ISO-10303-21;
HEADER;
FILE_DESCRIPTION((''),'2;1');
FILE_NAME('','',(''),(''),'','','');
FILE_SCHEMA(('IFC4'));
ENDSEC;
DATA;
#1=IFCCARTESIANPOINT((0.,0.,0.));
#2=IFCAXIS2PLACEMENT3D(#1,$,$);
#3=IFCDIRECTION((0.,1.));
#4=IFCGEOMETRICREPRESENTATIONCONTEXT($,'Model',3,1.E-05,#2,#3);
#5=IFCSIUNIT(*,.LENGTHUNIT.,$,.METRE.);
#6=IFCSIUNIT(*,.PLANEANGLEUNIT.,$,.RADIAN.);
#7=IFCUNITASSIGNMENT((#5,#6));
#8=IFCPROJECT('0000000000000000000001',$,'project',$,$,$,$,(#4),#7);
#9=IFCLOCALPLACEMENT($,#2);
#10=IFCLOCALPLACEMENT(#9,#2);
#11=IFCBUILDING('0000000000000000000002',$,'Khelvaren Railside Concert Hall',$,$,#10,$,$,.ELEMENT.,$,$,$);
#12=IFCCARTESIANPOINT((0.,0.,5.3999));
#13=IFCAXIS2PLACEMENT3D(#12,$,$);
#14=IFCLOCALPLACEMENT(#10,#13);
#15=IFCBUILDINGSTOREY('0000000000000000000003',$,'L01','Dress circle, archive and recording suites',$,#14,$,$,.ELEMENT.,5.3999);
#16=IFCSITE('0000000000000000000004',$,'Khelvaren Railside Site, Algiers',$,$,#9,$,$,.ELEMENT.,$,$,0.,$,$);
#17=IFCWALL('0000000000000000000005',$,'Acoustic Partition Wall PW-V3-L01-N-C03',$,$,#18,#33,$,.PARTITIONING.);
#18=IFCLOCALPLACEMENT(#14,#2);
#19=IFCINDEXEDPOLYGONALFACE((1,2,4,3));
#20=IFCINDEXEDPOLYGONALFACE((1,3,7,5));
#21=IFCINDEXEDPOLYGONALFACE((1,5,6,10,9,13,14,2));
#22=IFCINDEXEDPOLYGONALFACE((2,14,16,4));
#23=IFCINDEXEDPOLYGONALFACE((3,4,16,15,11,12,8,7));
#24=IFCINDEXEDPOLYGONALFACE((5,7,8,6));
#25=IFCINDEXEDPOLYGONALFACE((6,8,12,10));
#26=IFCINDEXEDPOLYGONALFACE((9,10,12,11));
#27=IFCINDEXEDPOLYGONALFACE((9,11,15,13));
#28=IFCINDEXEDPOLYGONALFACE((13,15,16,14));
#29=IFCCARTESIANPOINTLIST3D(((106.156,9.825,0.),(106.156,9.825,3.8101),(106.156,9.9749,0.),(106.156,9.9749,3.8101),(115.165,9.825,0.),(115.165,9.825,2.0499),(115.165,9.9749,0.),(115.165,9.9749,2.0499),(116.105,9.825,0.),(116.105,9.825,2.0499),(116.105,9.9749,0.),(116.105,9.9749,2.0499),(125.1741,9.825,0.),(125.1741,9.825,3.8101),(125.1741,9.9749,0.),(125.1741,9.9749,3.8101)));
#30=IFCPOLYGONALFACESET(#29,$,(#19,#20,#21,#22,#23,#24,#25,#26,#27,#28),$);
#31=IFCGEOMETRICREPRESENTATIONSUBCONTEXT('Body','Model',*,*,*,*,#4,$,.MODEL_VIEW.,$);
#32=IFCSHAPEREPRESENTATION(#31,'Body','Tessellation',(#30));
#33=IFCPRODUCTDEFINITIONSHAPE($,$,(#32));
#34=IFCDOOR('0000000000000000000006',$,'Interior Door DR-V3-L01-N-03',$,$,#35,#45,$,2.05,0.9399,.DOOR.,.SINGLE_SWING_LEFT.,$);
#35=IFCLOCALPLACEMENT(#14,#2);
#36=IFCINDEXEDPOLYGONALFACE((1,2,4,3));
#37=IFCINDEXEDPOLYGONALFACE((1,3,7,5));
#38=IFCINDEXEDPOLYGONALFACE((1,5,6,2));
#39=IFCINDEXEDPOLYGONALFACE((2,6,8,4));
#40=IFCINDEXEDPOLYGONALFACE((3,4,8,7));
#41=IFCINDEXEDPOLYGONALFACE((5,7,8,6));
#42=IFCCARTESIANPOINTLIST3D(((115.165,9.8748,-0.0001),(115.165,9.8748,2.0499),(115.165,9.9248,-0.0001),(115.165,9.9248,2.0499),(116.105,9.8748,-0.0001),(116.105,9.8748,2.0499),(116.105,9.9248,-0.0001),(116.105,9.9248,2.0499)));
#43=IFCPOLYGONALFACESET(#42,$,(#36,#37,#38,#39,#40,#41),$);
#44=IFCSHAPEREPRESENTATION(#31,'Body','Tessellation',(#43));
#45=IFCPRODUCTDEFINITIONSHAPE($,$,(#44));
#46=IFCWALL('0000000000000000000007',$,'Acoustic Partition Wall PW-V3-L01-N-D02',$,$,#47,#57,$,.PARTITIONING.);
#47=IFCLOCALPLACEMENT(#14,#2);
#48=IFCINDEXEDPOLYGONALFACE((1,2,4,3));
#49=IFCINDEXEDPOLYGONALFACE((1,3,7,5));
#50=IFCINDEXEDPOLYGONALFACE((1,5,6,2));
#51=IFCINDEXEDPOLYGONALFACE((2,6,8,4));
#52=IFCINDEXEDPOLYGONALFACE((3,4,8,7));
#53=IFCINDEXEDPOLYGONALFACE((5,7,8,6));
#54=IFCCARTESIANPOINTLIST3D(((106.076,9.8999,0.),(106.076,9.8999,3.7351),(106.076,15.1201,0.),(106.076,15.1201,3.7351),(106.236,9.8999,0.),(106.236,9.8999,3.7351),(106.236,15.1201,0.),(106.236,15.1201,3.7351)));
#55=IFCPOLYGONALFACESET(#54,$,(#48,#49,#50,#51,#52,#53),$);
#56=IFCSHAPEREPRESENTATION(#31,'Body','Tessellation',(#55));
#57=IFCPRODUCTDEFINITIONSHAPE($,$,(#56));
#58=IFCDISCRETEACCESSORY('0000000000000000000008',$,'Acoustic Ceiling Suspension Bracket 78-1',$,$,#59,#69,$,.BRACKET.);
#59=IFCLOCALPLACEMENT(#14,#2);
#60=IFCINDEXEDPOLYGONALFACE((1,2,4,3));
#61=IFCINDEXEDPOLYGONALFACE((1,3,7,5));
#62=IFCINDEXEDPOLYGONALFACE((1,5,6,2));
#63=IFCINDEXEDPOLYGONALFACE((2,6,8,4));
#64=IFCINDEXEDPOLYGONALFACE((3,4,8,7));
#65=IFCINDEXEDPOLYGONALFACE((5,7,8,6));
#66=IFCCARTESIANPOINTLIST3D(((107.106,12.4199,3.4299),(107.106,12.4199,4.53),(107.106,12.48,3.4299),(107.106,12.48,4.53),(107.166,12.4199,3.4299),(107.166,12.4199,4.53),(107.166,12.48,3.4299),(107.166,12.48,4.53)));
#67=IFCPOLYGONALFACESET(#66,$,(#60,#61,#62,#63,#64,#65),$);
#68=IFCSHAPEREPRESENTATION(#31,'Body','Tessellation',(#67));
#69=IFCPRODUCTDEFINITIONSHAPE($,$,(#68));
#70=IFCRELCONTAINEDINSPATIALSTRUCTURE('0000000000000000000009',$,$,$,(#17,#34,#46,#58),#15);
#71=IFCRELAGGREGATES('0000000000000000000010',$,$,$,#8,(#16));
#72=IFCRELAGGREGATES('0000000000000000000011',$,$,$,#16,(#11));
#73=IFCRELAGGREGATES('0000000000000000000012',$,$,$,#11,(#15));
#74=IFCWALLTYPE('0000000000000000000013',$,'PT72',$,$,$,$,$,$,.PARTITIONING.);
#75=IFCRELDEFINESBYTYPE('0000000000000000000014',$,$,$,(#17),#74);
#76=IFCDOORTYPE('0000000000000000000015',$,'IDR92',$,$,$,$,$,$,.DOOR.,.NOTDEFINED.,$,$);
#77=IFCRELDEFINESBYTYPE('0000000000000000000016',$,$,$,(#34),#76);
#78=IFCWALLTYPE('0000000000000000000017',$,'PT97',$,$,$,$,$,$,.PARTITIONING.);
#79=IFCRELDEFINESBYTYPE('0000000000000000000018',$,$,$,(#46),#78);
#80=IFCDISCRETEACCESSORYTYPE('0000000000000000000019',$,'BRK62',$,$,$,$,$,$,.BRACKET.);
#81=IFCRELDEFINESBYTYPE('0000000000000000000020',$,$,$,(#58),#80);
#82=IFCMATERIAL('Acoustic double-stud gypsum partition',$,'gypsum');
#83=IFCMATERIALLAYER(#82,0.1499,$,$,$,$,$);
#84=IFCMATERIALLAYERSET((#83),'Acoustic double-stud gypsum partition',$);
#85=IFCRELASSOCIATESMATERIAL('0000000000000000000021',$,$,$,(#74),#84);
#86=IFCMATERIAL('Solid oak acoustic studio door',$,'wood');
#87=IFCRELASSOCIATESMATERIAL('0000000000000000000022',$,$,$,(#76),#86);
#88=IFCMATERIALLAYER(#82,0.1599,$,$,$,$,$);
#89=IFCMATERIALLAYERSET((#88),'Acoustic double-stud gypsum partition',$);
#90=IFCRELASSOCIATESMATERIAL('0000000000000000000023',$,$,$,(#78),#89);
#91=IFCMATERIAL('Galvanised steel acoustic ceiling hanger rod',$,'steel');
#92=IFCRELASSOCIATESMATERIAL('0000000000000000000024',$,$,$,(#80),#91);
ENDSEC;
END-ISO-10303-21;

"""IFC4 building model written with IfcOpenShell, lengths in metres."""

from ifc_helpers import new_model, si_unit, direction, frame, frame_2d, origin, origin_2d, place, context, subcontext, project, spatial, rectangle, extrude, material, layer, layer_set, type_object, element, fill, save


model = new_model("IFC4")

# Units and contexts
model_context = context("Model", 3, precision=1e-05, world=origin(), true_north=direction((0.0, 1.0)))
body_context = subcontext(model_context, "Body", "Model", "MODEL_VIEW")
ifc_project = project(units=[si_unit("LENGTHUNIT", "METRE"), si_unit("PLANEANGLEUNIT", "RADIAN")], contexts=[model_context])

# Site, building, storey
site_placement = place(None, origin())
site = spatial("IfcSite", under=ifc_project, at=site_placement, Name="Khelvaren Railside Site, Algiers", CompositionType="ELEMENT", RefElevation=0.0)
building_placement = place(site_placement, origin())
building = spatial("IfcBuilding", under=site, at=building_placement, Name="Khelvaren Railside Concert Hall", CompositionType="ELEMENT")
storey_placement = place(building_placement, frame((0.0, 0.0, 5.3999)))
storey = spatial("IfcBuildingStorey", under=building, at=storey_placement, Name="L01", Description="Dress circle, archive and recording suites", CompositionType="ELEMENT", Elevation=5.3999)

# Wall, opening, door
ifc_material_1 = material(Name="Acoustic double-stud gypsum partition", Category="gypsum")
ifc_layer_1 = layer(ifc_material_1, 0.1499)
ifc_layer_set_1 = layer_set([ifc_layer_1], Name="Acoustic double-stud gypsum partition")
wall_type_1 = type_object("IfcWallType", Name="PT72", PredefinedType="PARTITIONING", material=ifc_layer_set_1)
wall_1_placement = place(storey_placement, frame((106.156, 9.8999, 0.0), z_axis=(0.0, 0.0, 1.0), x_axis=(1.0, 0.0, 0.0)))
wall_1 = element("IfcWall", 1, at=wall_1_placement, inside=storey, type_object=wall_type_1, Name="Acoustic Partition Wall PW-V3-L01-N-C03", PredefinedType="PARTITIONING", context=body_context, shape_type="SweptSolid", body=[
    extrude(rectangle(XDim=19.0181, YDim=0.1499, at=frame_2d((9.509, 0.0))), origin(), (0.0, 0.0, 1.0), 3.8101),
])
opening_1_placement = place(wall_1_placement, frame((9.009, 0.0, 0.0)))
opening_1 = element("IfcOpeningElement", 2, at=opening_1_placement, cuts=wall_1, PredefinedType="OPENING", context=body_context, shape_type="SweptSolid", body=[
    extrude(rectangle(XDim=0.9399, YDim=2.05, at=frame_2d((0.47, 1.0249))), frame((0.0, 0.085, 0.0), z_axis=(0.0, -1.0, 0.0), x_axis=(1.0, 0.0, 0.0)), (0.0, 0.0, 1.0), 0.1699),
])
ifc_material_2 = material(Name="Solid oak acoustic studio door", Category="wood")
door_type_1 = type_object("IfcDoorType", Name="IDR92", OperationType="NOTDEFINED", PredefinedType="DOOR", material=ifc_material_2)
door_1_placement = place(opening_1_placement, origin())
door_1 = element("IfcDoor", 3, at=door_1_placement, inside=storey, type_object=door_type_1, Name="Interior Door DR-V3-L01-N-03", OperationType="SINGLE_SWING_LEFT", OverallHeight=2.05, OverallWidth=0.9399, PredefinedType="DOOR", context=body_context, shape_type="SweptSolid", body=[
    extrude(rectangle(XDim=0.9399, YDim=2.05, at=frame_2d((0.47, 1.0249))), frame((0.0, 0.0249, 0.0), z_axis=(0.0, -1.0, 0.0), x_axis=(1.0, 0.0, 0.0)), (0.0, 0.0, 1.0), 0.05),
])
fill(opening_1, door_1)

# Wall
ifc_layer_2 = layer(ifc_material_1, 0.1599)
ifc_layer_set_2 = layer_set([ifc_layer_2], Name="Acoustic double-stud gypsum partition")
wall_type_2 = type_object("IfcWallType", Name="PT97", PredefinedType="PARTITIONING", material=ifc_layer_set_2)
wall_2_placement = place(storey_placement, frame((106.156, 9.8999, 0.0), z_axis=(0.0, 0.0, 1.0), x_axis=(0.0, 1.0, 0.0)))
element("IfcWall", 4, at=wall_2_placement, inside=storey, type_object=wall_type_2, Name="Acoustic Partition Wall PW-V3-L01-N-D02", PredefinedType="PARTITIONING", context=body_context, shape_type="SweptSolid", body=[
    extrude(rectangle(XDim=5.2202, YDim=0.1599, at=frame_2d((2.6101, 0.0))), origin(), (0.0, 0.0, 1.0), 3.7351),
])

# Discrete accessory
ifc_material_3 = material(Name="Galvanised steel acoustic ceiling hanger rod", Category="steel")
discrete_accessory_type = type_object("IfcDiscreteAccessoryType", Name="BRK62", PredefinedType="BRACKET", material=ifc_material_3)
discrete_accessory_placement = place(storey_placement, frame((107.136, 12.45, 3.4299), z_axis=(0.0, 0.0, 1.0), x_axis=(1.0, 0.0, 0.0)))
element("IfcDiscreteAccessory", 5, at=discrete_accessory_placement, inside=storey, type_object=discrete_accessory_type, Name="Acoustic Ceiling Suspension Bracket 78-1", PredefinedType="BRACKET", context=body_context, shape_type="SweptSolid", body=[
    extrude(rectangle(XDim=0.0601, YDim=0.0601, at=origin_2d()), origin(), (0.0, 0.0, 1.0), 1.1001),
])

save(model, "model.ifc")
